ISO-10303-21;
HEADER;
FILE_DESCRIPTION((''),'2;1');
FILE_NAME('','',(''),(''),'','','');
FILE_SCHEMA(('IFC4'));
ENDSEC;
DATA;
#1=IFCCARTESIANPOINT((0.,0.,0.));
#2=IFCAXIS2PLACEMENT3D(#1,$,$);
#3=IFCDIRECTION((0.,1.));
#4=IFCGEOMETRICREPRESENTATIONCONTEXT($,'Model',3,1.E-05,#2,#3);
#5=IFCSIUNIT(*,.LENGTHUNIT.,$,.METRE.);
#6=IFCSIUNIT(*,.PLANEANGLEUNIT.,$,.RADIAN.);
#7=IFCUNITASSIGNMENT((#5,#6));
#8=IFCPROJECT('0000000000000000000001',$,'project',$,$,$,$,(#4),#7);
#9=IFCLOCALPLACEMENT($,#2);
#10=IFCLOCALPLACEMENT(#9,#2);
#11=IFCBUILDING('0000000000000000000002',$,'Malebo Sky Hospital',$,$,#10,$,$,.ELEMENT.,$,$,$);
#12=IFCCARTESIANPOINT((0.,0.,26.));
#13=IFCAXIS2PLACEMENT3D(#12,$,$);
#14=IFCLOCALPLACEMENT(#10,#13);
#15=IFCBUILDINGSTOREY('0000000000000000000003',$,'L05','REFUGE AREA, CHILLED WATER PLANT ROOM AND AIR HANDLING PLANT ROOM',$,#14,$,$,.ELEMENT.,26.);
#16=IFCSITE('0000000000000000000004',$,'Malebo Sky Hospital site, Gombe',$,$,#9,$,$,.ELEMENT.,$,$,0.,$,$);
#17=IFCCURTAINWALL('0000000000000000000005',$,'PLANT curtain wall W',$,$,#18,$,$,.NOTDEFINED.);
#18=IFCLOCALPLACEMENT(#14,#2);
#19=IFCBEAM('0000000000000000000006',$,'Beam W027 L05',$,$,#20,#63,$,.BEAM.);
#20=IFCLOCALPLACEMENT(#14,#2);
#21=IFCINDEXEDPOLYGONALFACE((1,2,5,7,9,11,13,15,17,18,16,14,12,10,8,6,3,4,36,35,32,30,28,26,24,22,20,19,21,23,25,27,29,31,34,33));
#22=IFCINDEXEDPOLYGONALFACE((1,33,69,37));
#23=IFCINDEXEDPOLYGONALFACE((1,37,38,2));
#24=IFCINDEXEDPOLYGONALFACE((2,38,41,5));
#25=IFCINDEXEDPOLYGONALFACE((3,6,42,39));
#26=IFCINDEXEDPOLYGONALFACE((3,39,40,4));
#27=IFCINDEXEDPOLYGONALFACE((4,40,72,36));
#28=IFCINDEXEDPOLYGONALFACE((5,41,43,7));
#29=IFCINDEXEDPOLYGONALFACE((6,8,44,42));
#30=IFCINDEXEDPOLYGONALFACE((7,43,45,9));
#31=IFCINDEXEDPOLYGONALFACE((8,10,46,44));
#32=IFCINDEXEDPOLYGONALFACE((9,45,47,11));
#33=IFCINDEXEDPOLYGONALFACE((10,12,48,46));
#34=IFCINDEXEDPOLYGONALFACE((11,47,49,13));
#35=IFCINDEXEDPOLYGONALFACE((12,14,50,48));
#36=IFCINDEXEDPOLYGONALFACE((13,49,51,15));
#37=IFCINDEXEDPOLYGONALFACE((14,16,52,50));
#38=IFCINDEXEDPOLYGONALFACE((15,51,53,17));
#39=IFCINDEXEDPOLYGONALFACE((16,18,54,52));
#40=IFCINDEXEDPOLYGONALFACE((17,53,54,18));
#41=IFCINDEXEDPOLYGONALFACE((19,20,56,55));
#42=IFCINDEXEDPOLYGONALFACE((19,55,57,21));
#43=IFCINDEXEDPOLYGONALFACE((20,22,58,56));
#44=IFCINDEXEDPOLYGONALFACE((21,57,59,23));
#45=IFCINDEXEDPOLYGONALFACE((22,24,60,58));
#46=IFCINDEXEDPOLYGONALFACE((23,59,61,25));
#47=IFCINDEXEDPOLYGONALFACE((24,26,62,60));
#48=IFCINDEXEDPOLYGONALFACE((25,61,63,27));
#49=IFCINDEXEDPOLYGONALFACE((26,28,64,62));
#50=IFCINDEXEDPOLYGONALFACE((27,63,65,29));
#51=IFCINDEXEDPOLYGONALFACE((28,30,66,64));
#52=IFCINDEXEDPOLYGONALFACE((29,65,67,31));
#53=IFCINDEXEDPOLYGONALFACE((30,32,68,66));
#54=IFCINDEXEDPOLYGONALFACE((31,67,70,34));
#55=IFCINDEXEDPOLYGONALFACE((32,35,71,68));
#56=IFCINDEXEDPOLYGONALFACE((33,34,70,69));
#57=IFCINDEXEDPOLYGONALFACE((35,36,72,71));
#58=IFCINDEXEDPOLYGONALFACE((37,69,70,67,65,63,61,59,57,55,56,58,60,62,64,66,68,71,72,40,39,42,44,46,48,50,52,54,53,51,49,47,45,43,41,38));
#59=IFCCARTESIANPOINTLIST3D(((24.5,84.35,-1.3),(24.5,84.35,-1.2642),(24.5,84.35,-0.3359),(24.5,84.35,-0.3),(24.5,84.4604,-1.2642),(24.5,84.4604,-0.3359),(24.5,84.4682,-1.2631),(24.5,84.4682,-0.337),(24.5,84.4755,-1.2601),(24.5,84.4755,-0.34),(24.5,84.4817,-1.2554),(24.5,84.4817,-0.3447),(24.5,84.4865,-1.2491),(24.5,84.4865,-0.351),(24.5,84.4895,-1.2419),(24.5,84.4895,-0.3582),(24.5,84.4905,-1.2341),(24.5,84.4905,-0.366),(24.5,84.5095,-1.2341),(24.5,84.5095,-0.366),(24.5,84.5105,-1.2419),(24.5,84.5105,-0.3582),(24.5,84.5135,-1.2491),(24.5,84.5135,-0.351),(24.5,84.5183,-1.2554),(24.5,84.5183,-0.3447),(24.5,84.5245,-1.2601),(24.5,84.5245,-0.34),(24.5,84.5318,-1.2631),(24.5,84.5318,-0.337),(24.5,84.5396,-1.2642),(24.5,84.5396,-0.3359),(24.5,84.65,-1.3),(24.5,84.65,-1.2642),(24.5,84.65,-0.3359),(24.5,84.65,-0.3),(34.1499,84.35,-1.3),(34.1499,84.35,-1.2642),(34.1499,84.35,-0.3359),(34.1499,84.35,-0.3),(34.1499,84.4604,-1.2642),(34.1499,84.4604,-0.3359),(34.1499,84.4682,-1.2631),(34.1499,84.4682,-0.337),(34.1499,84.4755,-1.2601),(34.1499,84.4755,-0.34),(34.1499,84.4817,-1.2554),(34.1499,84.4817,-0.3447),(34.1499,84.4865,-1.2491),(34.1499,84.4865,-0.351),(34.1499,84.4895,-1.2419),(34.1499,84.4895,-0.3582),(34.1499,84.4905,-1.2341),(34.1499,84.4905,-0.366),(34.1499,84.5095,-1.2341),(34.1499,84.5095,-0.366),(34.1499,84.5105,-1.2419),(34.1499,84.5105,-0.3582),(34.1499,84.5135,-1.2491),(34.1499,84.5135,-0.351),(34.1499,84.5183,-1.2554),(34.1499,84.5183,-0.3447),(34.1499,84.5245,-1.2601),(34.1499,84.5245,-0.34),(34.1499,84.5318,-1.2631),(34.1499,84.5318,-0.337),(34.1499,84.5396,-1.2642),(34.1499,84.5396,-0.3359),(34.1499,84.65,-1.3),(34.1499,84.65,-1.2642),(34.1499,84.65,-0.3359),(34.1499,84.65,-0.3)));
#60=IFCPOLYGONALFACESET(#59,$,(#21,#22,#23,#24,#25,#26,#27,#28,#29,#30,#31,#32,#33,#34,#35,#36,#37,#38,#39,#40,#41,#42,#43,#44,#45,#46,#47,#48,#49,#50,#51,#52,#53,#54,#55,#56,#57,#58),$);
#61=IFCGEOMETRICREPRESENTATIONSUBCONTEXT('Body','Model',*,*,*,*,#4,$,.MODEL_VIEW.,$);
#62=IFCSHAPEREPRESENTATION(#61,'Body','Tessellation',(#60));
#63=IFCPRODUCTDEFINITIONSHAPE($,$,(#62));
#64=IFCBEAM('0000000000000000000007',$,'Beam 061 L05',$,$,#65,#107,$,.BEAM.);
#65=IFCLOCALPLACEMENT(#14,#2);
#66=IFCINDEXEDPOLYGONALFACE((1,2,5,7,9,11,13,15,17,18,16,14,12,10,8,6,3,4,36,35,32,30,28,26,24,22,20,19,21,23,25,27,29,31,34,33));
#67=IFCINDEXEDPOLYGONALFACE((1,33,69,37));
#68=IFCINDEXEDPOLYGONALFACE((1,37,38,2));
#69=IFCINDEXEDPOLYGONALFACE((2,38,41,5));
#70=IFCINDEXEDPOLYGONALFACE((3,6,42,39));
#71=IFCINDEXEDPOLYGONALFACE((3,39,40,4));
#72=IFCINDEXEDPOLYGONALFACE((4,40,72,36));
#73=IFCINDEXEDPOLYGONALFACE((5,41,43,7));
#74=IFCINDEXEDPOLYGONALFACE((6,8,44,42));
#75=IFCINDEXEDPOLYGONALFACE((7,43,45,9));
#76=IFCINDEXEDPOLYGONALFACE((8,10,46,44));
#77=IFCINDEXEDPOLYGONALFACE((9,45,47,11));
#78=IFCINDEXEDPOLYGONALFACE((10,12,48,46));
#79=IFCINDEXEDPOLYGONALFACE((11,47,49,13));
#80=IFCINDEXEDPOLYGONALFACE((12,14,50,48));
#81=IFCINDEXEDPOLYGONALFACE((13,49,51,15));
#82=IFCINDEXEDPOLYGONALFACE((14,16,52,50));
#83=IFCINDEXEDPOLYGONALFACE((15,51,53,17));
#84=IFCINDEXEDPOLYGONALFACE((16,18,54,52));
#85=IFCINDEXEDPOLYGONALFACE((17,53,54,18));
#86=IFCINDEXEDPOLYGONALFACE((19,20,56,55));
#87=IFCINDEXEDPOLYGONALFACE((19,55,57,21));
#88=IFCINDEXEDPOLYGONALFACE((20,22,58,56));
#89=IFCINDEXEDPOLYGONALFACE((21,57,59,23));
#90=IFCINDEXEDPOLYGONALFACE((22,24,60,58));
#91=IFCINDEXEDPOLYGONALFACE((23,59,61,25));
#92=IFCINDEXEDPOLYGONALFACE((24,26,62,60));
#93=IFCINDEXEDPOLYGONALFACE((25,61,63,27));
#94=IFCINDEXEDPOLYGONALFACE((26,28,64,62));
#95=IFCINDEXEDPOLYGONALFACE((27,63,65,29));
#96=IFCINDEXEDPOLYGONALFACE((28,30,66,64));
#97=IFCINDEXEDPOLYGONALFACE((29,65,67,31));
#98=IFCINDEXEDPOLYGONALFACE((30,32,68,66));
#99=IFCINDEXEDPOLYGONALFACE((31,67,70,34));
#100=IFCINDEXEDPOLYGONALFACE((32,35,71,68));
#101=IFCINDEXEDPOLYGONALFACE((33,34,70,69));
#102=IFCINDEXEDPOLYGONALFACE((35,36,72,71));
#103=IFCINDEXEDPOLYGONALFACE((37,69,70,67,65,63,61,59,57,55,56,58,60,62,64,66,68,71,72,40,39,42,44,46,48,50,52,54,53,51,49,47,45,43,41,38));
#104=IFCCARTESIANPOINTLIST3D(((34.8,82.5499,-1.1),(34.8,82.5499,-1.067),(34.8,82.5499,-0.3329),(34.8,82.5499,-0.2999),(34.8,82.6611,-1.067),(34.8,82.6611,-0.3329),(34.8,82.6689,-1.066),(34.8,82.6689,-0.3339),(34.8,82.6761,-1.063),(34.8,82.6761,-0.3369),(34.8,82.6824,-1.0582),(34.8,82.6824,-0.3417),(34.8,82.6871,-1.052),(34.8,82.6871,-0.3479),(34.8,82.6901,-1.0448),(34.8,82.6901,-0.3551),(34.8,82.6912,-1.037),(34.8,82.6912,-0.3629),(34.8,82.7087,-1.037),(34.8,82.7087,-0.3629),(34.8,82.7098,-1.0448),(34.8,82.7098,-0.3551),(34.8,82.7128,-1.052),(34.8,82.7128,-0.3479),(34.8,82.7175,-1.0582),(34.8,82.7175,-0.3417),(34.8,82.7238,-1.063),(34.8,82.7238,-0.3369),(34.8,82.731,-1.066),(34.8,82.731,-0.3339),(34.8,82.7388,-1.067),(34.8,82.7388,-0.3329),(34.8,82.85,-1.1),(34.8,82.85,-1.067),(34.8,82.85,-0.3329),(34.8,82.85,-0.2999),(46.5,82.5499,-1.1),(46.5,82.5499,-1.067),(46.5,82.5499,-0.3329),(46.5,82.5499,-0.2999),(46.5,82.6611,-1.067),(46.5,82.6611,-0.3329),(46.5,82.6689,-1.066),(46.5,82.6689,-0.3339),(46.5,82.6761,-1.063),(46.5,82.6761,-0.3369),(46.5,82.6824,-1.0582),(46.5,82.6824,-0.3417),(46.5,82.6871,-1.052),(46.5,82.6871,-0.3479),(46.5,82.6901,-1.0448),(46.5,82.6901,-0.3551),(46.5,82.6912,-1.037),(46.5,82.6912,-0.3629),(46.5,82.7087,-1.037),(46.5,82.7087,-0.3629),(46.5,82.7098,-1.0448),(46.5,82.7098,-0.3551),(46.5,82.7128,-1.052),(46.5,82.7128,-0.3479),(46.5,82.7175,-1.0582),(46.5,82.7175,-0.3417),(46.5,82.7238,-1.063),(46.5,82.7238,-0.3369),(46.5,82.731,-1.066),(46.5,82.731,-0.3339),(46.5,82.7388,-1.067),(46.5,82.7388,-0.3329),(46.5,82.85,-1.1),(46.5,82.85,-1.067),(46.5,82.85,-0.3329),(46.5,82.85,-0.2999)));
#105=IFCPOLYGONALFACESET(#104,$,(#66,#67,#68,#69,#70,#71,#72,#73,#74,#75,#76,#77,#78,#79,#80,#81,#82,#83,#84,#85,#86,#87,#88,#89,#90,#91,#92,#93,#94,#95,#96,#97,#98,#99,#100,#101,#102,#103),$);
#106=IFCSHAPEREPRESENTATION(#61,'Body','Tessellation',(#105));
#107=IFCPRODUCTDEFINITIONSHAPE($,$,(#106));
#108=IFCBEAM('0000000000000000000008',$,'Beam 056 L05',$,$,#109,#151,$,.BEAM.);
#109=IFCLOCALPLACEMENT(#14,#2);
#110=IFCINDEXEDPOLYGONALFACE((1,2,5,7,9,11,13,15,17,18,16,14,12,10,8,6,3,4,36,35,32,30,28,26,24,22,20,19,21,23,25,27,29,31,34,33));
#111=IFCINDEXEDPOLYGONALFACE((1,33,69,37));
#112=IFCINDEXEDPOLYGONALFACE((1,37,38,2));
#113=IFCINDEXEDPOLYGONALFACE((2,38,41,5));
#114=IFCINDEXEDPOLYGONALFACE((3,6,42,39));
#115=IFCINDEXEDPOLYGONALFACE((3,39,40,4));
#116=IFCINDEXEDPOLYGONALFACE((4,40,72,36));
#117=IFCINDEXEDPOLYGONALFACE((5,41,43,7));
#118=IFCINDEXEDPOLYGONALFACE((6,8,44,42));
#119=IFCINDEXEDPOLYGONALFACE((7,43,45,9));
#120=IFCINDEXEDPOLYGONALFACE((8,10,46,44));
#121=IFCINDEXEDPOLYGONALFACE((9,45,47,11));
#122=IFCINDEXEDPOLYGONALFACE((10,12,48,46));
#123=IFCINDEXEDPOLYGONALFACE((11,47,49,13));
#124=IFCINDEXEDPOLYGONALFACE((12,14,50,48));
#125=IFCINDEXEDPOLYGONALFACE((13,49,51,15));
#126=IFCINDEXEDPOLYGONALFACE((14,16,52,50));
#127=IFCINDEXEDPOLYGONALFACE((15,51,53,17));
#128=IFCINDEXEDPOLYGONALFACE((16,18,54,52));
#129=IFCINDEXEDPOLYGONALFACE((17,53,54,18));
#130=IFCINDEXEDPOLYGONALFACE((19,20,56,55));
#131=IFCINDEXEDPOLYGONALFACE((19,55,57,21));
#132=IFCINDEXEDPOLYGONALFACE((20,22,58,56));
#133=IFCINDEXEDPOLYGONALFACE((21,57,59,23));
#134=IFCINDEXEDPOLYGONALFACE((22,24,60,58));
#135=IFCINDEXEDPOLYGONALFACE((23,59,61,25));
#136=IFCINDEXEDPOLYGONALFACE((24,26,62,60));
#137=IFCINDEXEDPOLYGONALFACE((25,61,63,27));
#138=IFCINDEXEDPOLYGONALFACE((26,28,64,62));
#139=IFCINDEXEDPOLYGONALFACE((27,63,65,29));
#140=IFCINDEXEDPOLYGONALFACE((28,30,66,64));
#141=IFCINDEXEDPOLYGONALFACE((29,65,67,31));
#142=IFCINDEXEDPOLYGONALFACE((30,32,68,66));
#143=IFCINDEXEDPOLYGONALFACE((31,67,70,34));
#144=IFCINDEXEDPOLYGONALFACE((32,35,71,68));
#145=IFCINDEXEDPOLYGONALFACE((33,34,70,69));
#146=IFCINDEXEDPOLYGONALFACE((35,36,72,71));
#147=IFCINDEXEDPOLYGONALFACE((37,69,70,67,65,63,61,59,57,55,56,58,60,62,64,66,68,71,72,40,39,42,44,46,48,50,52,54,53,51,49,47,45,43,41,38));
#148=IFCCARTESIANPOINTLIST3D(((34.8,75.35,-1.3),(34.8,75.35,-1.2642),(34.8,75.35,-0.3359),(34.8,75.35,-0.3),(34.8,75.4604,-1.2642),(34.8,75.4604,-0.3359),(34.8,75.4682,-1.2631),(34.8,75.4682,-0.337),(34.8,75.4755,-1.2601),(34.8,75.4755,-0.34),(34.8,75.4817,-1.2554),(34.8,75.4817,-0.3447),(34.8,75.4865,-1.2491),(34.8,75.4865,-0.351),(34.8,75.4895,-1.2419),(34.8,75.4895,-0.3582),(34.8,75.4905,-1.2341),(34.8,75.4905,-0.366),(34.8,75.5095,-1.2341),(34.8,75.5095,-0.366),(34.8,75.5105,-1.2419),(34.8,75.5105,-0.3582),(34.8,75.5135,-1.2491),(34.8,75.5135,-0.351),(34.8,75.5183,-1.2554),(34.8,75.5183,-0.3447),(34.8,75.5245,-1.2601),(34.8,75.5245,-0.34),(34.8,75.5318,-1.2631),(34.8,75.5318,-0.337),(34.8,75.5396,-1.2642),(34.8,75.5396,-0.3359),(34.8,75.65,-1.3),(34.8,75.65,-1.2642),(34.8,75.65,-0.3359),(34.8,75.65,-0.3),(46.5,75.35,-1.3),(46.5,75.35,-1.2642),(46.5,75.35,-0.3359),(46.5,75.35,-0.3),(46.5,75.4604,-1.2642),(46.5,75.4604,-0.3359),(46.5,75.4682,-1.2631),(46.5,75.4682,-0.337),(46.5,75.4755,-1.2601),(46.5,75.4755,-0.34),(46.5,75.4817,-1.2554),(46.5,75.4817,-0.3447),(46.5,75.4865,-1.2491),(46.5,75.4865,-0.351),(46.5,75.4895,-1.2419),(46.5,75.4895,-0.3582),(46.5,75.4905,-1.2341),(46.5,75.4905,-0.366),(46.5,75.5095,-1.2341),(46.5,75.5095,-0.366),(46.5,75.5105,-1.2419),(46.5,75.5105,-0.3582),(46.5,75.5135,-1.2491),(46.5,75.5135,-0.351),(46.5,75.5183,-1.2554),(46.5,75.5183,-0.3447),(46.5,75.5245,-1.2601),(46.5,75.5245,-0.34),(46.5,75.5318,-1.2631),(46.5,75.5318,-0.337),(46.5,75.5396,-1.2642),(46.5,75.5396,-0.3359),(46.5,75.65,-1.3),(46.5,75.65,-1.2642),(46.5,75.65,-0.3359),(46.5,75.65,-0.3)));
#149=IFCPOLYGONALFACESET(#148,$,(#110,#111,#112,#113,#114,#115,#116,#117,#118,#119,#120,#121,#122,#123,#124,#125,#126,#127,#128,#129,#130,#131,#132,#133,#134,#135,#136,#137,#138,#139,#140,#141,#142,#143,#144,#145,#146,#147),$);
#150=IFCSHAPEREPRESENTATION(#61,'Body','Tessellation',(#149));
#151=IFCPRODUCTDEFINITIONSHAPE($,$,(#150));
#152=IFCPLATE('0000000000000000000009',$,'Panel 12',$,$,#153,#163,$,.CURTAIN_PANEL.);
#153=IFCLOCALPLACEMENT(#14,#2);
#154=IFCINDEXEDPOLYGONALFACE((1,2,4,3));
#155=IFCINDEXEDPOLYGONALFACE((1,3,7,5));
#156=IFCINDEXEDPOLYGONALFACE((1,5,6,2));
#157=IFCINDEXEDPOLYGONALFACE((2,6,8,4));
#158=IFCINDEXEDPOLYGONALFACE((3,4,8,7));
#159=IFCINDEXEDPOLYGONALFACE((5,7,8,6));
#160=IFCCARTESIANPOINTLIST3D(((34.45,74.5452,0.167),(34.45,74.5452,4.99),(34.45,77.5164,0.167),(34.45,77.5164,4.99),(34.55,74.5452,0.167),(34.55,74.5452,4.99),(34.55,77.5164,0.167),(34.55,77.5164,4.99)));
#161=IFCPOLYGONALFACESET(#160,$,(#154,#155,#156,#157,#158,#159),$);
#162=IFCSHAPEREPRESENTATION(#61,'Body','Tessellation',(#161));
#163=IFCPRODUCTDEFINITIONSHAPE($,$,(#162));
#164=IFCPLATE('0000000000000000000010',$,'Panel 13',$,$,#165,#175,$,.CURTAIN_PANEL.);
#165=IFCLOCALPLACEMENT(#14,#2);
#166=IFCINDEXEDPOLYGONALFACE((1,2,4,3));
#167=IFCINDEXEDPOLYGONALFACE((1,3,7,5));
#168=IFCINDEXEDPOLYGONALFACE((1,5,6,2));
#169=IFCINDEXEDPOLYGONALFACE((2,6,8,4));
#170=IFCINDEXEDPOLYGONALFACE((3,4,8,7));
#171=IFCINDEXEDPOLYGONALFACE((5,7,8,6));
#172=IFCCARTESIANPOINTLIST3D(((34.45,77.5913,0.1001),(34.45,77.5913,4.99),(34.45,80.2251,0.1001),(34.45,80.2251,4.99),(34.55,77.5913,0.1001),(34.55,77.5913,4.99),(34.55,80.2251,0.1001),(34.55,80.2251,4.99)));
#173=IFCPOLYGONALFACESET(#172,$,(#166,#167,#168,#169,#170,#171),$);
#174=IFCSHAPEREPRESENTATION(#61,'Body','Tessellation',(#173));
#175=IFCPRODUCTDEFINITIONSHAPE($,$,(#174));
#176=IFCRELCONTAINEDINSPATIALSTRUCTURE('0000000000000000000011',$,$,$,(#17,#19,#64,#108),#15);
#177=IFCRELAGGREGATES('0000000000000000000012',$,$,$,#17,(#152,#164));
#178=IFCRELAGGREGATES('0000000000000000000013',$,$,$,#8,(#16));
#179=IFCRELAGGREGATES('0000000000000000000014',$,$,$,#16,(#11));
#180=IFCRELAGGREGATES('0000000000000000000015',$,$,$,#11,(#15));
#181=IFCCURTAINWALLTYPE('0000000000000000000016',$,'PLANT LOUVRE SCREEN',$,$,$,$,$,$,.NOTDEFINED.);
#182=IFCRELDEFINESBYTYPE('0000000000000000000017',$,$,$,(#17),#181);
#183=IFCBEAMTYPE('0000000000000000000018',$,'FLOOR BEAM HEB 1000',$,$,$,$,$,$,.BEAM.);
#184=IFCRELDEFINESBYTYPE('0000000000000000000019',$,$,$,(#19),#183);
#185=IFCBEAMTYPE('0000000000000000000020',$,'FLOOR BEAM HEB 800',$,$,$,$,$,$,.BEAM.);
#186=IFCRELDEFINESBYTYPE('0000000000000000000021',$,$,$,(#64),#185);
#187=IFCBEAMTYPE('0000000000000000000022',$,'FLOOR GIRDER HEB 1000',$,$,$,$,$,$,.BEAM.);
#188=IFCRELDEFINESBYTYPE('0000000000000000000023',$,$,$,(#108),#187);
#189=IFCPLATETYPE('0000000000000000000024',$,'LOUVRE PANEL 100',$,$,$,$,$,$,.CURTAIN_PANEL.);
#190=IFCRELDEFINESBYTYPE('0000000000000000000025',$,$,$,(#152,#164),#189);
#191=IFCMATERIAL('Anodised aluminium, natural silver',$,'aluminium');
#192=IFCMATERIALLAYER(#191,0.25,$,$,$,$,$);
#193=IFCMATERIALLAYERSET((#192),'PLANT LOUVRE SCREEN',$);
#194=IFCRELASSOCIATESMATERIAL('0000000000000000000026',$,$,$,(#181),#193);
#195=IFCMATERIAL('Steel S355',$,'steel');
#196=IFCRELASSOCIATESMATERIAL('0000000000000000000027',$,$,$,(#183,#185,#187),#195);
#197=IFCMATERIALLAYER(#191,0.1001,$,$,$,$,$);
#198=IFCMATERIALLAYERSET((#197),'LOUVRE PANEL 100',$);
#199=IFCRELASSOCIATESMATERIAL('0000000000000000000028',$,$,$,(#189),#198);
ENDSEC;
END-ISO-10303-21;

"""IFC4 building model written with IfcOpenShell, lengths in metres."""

from ifc_helpers import new_model, si_unit, direction, frame, origin, origin_2d, place, context, subcontext, project, spatial, polyline, rectangle, i_section, outline, extrude, material, layer, layer_set, material_profile, profile_set, type_object, element, aggregate, save


model = new_model("IFC4")

# Units and contexts
model_context = context("Model", 3, precision=1e-05, world=origin(), true_north=direction((0.0, 1.0)))
body_context = subcontext(model_context, "Body", "Model", "MODEL_VIEW")
ifc_project = project(units=[si_unit("LENGTHUNIT", "METRE"), si_unit("PLANEANGLEUNIT", "RADIAN")], contexts=[model_context])

# Site, building, storey
site_placement = place(None, origin())
site = spatial("IfcSite", under=ifc_project, at=site_placement, Name="Malebo Sky Hospital site, Gombe", CompositionType="ELEMENT", RefElevation=0.0)
building_placement = place(site_placement, origin())
building = spatial("IfcBuilding", under=site, at=building_placement, Name="Malebo Sky Hospital", CompositionType="ELEMENT")
storey_placement = place(building_placement, frame((0.0, 0.0, 26.0)))
storey = spatial("IfcBuildingStorey", under=building, at=storey_placement, Name="L05", Description="REFUGE AREA, CHILLED WATER PLANT ROOM AND AIR HANDLING PLANT ROOM", CompositionType="ELEMENT", Elevation=26.0)

# Curtain wall
ifc_material_1 = material(Name="Anodised aluminium, natural silver", Category="aluminium")
ifc_layer_1 = layer(ifc_material_1, 0.25)
ifc_layer_set_1 = layer_set([ifc_layer_1], Name="PLANT LOUVRE SCREEN")
curtain_wall_type = type_object("IfcCurtainWallType", Name="PLANT LOUVRE SCREEN", PredefinedType="NOTDEFINED", material=ifc_layer_set_1)
curtain_wall_placement = place(storey_placement, origin())
curtain_wall = element("IfcCurtainWall", 1, at=curtain_wall_placement, inside=storey, type_object=curtain_wall_type, Name="PLANT curtain wall W", PredefinedType="NOTDEFINED")

# Beams
ifc_material_2 = material(Name="Steel S355", Category="steel")
ifc_material_profile_1 = material_profile(ifc_material_2, i_section(OverallWidth=0.3, OverallDepth=1.0, WebThickness=0.019, FlangeThickness=0.0359, FilletRadius=0.03, at=origin_2d()), Name="HEB 1000")
ifc_profile_set_1 = profile_set([ifc_material_profile_1], Name="Steel S355")
beam_type_1 = type_object("IfcBeamType", Name="FLOOR BEAM HEB 1000", PredefinedType="BEAM", material=ifc_profile_set_1)
beam_1_placement = place(storey_placement, frame((24.5, 84.5, -0.8), z_axis=(1.0, 0.0, 0.0), x_axis=(0.0, 1.0, 0.0)))
element("IfcBeam", 2, at=beam_1_placement, inside=storey, type_object=beam_type_1, Name="Beam W027 L05", PredefinedType="BEAM", context=body_context, shape_type="SweptSolid", body=[
    extrude(i_section(OverallWidth=0.3, OverallDepth=1.0, WebThickness=0.019, FlangeThickness=0.0359, FilletRadius=0.03, at=origin_2d()), origin(), (0.0, 0.0, 1.0), 9.6499),
])
ifc_material_profile_2 = material_profile(ifc_material_2, i_section(OverallWidth=0.3, OverallDepth=0.8, WebThickness=0.0176, FlangeThickness=0.033, FilletRadius=0.03, at=origin_2d()), Name="HEB 800")
ifc_profile_set_2 = profile_set([ifc_material_profile_2], Name="Steel S355")
beam_type_2 = type_object("IfcBeamType", Name="FLOOR BEAM HEB 800", PredefinedType="BEAM", material=ifc_profile_set_2)
beam_2_placement = place(storey_placement, frame((34.8, 82.7, -0.7), z_axis=(1.0, 0.0, 0.0), x_axis=(0.0, 1.0, 0.0)))
element("IfcBeam", 3, at=beam_2_placement, inside=storey, type_object=beam_type_2, Name="Beam 061 L05", PredefinedType="BEAM", context=body_context, shape_type="SweptSolid", body=[
    extrude(i_section(OverallWidth=0.3, OverallDepth=0.8, WebThickness=0.0176, FlangeThickness=0.033, FilletRadius=0.03, at=origin_2d()), origin(), (0.0, 0.0, 1.0), 11.7),
])
ifc_material_profile_3 = material_profile(ifc_material_2, i_section(OverallWidth=0.3, OverallDepth=1.0, WebThickness=0.019, FlangeThickness=0.0359, FilletRadius=0.03, at=origin_2d()), Name="HEB 1000")
ifc_profile_set_3 = profile_set([ifc_material_profile_3], Name="Steel S355")
beam_type_3 = type_object("IfcBeamType", Name="FLOOR GIRDER HEB 1000", PredefinedType="BEAM", material=ifc_profile_set_3)
beam_3_placement = place(storey_placement, frame((34.8, 75.5, -0.8), z_axis=(1.0, 0.0, 0.0), x_axis=(0.0, 1.0, 0.0)))
element("IfcBeam", 4, at=beam_3_placement, inside=storey, type_object=beam_type_3, Name="Beam 056 L05", PredefinedType="BEAM", context=body_context, shape_type="SweptSolid", body=[
    extrude(i_section(OverallWidth=0.3, OverallDepth=1.0, WebThickness=0.019, FlangeThickness=0.0359, FilletRadius=0.03, at=origin_2d()), origin(), (0.0, 0.0, 1.0), 11.7),
])

# Plates
ifc_layer_2 = layer(ifc_material_1, 0.1001)
ifc_layer_set_2 = layer_set([ifc_layer_2], Name="LOUVRE PANEL 100")
plate_type = type_object("IfcPlateType", Name="LOUVRE PANEL 100", PredefinedType="CURTAIN_PANEL", material=ifc_layer_set_2)
plate_1_placement = place(storey_placement, frame((34.5, 76.0308, 0.167), z_axis=(0.0, 0.0, 1.0), x_axis=(0.0, 1.0, 0.0)))
plate_1 = element("IfcPlate", 5, at=plate_1_placement, type_object=plate_type, Name="Panel 12", PredefinedType="CURTAIN_PANEL", context=body_context, shape_type="SweptSolid", body=[
    extrude(outline(polyline([(-1.4856, 0.0), (1.4856, 0.0), (1.4856, 4.823), (-1.4856, 4.823), (-1.4856, 0.0)])), frame((0.0, 0.05, 0.0), z_axis=(0.0, -1.0, 0.0), x_axis=(1.0, 0.0, 0.0)), (0.0, 0.0, 1.0), 0.1001),
])
plate_2_placement = place(storey_placement, frame((34.5, 78.9082, 0.1001), z_axis=(0.0, 0.0, 1.0), x_axis=(0.0, 1.0, 0.0)))
plate_2 = element("IfcPlate", 6, at=plate_2_placement, type_object=plate_type, Name="Panel 13", PredefinedType="CURTAIN_PANEL", context=body_context, shape_type="SweptSolid", body=[
    extrude(rectangle(XDim=2.6338, YDim=0.1001, at=origin_2d()), origin(), (0.0, 0.0, 1.0), 4.8899),
])
aggregate(curtain_wall, [plate_1, plate_2])

save(model, "model.ifc")
